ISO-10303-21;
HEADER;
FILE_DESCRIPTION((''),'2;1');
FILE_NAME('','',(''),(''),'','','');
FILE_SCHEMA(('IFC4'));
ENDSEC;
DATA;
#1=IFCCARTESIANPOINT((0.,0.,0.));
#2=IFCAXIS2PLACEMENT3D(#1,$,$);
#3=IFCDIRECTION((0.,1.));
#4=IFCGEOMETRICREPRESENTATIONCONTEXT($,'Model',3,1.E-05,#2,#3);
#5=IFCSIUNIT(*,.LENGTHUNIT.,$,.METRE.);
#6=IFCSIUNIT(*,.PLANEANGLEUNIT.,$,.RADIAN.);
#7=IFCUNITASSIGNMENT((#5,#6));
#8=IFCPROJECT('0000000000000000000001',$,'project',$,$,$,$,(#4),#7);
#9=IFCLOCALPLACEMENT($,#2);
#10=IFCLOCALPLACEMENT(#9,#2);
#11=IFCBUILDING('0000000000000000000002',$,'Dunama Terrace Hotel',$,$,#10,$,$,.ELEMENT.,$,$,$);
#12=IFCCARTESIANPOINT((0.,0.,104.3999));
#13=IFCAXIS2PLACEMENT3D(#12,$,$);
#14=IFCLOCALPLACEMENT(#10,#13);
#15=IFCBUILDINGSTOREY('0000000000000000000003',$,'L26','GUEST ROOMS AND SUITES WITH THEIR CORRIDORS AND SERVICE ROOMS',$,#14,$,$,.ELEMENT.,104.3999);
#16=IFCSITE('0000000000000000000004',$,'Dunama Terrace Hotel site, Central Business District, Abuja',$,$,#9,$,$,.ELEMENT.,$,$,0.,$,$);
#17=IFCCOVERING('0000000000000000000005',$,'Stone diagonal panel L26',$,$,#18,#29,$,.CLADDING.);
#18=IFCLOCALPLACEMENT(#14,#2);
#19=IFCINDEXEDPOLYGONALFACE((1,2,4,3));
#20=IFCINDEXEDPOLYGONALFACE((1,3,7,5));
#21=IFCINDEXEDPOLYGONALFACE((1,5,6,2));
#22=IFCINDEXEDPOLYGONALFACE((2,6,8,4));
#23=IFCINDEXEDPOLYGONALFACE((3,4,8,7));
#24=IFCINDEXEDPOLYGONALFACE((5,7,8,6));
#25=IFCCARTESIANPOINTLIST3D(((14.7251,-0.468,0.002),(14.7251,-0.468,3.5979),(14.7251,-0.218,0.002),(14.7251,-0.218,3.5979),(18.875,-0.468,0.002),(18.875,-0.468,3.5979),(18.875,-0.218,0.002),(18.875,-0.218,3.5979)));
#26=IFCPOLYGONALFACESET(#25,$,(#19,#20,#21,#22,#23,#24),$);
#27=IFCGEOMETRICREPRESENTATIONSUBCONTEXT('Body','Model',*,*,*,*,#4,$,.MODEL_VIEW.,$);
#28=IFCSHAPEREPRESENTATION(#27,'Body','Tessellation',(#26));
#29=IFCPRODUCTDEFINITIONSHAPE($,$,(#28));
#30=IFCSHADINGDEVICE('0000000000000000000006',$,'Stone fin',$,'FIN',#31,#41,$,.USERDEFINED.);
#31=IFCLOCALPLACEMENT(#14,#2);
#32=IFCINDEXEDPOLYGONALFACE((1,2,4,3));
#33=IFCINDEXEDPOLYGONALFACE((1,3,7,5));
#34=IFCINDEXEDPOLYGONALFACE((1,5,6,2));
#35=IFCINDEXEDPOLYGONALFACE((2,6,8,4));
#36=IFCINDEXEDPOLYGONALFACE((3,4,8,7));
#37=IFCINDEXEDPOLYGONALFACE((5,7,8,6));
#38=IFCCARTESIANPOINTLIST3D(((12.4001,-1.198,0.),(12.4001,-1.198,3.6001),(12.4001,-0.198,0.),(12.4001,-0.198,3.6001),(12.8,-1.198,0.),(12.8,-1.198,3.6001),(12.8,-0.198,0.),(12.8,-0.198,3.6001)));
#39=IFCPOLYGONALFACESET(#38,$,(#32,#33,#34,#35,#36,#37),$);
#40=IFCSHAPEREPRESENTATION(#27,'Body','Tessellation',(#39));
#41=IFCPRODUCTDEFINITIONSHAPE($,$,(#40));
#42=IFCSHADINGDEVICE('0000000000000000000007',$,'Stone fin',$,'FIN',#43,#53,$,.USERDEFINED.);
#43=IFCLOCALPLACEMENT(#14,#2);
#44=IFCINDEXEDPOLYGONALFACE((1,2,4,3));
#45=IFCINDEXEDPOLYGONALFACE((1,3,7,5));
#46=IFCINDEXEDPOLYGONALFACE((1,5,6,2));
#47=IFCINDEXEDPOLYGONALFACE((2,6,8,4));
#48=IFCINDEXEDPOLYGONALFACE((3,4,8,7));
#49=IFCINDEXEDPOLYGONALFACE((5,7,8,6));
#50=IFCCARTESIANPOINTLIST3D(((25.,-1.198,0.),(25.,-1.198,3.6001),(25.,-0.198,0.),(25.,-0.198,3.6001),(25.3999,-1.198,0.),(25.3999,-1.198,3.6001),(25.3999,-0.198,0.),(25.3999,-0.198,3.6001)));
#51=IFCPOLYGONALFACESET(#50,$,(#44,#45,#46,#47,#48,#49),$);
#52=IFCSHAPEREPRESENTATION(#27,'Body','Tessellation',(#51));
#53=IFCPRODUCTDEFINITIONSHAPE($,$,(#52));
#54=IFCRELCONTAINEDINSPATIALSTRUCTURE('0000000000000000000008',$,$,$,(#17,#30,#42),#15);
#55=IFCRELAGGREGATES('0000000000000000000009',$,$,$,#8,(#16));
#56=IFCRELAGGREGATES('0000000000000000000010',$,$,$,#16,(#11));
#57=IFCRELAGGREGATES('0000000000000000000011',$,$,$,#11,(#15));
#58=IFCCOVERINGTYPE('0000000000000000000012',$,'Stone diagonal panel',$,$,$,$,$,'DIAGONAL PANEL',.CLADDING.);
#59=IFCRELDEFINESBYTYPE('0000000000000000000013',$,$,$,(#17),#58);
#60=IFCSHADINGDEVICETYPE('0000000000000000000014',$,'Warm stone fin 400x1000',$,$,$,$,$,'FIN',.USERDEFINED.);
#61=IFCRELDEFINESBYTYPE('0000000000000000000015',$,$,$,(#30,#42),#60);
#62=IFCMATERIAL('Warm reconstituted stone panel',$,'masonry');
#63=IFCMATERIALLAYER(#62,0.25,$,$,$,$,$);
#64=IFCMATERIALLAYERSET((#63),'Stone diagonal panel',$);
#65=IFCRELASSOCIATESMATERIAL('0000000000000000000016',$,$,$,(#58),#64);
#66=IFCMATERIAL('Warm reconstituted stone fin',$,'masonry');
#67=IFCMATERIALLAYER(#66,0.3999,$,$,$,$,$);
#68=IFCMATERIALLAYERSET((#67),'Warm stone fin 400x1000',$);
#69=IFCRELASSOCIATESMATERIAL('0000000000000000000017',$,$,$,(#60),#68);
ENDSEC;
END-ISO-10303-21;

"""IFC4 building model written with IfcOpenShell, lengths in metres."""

from ifc_helpers import new_model, si_unit, direction, frame, origin, origin_2d, place, context, subcontext, project, spatial, rectangle, extrude, material, layer, layer_set, type_object, element, save


model = new_model("IFC4")

# Units and contexts
model_context = context("Model", 3, precision=1e-05, world=origin(), true_north=direction((0.0, 1.0)))
body_context = subcontext(model_context, "Body", "Model", "MODEL_VIEW")
ifc_project = project(units=[si_unit("LENGTHUNIT", "METRE"), si_unit("PLANEANGLEUNIT", "RADIAN")], contexts=[model_context])

# Site, building, storey
site_placement = place(None, origin())
site = spatial("IfcSite", under=ifc_project, at=site_placement, Name="Dunama Terrace Hotel site, Central Business District, Abuja", CompositionType="ELEMENT", RefElevation=0.0)
building_placement = place(site_placement, origin())
building = spatial("IfcBuilding", under=site, at=building_placement, Name="Dunama Terrace Hotel", CompositionType="ELEMENT")
storey_placement = place(building_placement, frame((0.0, 0.0, 104.3999)))
storey = spatial("IfcBuildingStorey", under=building, at=storey_placement, Name="L26", Description="GUEST ROOMS AND SUITES WITH THEIR CORRIDORS AND SERVICE ROOMS", CompositionType="ELEMENT", Elevation=104.3999)

# Covering
ifc_material_1 = material(Name="Warm reconstituted stone panel", Category="masonry")
ifc_layer_1 = layer(ifc_material_1, 0.25)
ifc_layer_set_1 = layer_set([ifc_layer_1], Name="Stone diagonal panel")
covering_type = type_object("IfcCoveringType", Name="Stone diagonal panel", ElementType="DIAGONAL PANEL", PredefinedType="CLADDING", material=ifc_layer_set_1)
covering_placement = place(storey_placement, frame((16.8, -0.343, 0.002), z_axis=(0.0, 0.0, 1.0), x_axis=(1.0, 0.0, 0.0)))
element("IfcCovering", 1, at=covering_placement, inside=storey, type_object=covering_type, Name="Stone diagonal panel L26", PredefinedType="CLADDING", context=body_context, shape_type="SweptSolid", body=[
    extrude(rectangle(XDim=4.1499, YDim=0.25, at=origin_2d()), origin(), (0.0, 0.0, 1.0), 3.5959),
])

# Shading devices
ifc_material_2 = material(Name="Warm reconstituted stone fin", Category="masonry")
ifc_layer_2 = layer(ifc_material_2, 0.3999)
ifc_layer_set_2 = layer_set([ifc_layer_2], Name="Warm stone fin 400x1000")
shading_device_type = type_object("IfcShadingDeviceType", Name="Warm stone fin 400x1000", ElementType="FIN", PredefinedType="USERDEFINED", material=ifc_layer_set_2)
for number, where, z_axis, x_axis, name in (
    (2, (12.6001, -0.698, 0.0), (0.0, 0.0, 1.0), (1.0, 0.0, 0.0), "Stone fin"),
    (3, (25.2, -0.698, 0.0), (0.0, 0.0, 1.0), (1.0, 0.0, 0.0), "Stone fin"),
):
    element("IfcShadingDevice", number, at=place(storey_placement, frame(where, z_axis=z_axis, x_axis=x_axis)), inside=storey, type_object=shading_device_type, Name=name, ObjectType="FIN", PredefinedType="USERDEFINED", context=body_context, shape_type="SweptSolid", body=[
        extrude(rectangle(XDim=0.3999, YDim=1.0, at=origin_2d()), origin(), (0.0, 0.0, 1.0), 3.6001),
    ])

save(model, "model.ifc")
